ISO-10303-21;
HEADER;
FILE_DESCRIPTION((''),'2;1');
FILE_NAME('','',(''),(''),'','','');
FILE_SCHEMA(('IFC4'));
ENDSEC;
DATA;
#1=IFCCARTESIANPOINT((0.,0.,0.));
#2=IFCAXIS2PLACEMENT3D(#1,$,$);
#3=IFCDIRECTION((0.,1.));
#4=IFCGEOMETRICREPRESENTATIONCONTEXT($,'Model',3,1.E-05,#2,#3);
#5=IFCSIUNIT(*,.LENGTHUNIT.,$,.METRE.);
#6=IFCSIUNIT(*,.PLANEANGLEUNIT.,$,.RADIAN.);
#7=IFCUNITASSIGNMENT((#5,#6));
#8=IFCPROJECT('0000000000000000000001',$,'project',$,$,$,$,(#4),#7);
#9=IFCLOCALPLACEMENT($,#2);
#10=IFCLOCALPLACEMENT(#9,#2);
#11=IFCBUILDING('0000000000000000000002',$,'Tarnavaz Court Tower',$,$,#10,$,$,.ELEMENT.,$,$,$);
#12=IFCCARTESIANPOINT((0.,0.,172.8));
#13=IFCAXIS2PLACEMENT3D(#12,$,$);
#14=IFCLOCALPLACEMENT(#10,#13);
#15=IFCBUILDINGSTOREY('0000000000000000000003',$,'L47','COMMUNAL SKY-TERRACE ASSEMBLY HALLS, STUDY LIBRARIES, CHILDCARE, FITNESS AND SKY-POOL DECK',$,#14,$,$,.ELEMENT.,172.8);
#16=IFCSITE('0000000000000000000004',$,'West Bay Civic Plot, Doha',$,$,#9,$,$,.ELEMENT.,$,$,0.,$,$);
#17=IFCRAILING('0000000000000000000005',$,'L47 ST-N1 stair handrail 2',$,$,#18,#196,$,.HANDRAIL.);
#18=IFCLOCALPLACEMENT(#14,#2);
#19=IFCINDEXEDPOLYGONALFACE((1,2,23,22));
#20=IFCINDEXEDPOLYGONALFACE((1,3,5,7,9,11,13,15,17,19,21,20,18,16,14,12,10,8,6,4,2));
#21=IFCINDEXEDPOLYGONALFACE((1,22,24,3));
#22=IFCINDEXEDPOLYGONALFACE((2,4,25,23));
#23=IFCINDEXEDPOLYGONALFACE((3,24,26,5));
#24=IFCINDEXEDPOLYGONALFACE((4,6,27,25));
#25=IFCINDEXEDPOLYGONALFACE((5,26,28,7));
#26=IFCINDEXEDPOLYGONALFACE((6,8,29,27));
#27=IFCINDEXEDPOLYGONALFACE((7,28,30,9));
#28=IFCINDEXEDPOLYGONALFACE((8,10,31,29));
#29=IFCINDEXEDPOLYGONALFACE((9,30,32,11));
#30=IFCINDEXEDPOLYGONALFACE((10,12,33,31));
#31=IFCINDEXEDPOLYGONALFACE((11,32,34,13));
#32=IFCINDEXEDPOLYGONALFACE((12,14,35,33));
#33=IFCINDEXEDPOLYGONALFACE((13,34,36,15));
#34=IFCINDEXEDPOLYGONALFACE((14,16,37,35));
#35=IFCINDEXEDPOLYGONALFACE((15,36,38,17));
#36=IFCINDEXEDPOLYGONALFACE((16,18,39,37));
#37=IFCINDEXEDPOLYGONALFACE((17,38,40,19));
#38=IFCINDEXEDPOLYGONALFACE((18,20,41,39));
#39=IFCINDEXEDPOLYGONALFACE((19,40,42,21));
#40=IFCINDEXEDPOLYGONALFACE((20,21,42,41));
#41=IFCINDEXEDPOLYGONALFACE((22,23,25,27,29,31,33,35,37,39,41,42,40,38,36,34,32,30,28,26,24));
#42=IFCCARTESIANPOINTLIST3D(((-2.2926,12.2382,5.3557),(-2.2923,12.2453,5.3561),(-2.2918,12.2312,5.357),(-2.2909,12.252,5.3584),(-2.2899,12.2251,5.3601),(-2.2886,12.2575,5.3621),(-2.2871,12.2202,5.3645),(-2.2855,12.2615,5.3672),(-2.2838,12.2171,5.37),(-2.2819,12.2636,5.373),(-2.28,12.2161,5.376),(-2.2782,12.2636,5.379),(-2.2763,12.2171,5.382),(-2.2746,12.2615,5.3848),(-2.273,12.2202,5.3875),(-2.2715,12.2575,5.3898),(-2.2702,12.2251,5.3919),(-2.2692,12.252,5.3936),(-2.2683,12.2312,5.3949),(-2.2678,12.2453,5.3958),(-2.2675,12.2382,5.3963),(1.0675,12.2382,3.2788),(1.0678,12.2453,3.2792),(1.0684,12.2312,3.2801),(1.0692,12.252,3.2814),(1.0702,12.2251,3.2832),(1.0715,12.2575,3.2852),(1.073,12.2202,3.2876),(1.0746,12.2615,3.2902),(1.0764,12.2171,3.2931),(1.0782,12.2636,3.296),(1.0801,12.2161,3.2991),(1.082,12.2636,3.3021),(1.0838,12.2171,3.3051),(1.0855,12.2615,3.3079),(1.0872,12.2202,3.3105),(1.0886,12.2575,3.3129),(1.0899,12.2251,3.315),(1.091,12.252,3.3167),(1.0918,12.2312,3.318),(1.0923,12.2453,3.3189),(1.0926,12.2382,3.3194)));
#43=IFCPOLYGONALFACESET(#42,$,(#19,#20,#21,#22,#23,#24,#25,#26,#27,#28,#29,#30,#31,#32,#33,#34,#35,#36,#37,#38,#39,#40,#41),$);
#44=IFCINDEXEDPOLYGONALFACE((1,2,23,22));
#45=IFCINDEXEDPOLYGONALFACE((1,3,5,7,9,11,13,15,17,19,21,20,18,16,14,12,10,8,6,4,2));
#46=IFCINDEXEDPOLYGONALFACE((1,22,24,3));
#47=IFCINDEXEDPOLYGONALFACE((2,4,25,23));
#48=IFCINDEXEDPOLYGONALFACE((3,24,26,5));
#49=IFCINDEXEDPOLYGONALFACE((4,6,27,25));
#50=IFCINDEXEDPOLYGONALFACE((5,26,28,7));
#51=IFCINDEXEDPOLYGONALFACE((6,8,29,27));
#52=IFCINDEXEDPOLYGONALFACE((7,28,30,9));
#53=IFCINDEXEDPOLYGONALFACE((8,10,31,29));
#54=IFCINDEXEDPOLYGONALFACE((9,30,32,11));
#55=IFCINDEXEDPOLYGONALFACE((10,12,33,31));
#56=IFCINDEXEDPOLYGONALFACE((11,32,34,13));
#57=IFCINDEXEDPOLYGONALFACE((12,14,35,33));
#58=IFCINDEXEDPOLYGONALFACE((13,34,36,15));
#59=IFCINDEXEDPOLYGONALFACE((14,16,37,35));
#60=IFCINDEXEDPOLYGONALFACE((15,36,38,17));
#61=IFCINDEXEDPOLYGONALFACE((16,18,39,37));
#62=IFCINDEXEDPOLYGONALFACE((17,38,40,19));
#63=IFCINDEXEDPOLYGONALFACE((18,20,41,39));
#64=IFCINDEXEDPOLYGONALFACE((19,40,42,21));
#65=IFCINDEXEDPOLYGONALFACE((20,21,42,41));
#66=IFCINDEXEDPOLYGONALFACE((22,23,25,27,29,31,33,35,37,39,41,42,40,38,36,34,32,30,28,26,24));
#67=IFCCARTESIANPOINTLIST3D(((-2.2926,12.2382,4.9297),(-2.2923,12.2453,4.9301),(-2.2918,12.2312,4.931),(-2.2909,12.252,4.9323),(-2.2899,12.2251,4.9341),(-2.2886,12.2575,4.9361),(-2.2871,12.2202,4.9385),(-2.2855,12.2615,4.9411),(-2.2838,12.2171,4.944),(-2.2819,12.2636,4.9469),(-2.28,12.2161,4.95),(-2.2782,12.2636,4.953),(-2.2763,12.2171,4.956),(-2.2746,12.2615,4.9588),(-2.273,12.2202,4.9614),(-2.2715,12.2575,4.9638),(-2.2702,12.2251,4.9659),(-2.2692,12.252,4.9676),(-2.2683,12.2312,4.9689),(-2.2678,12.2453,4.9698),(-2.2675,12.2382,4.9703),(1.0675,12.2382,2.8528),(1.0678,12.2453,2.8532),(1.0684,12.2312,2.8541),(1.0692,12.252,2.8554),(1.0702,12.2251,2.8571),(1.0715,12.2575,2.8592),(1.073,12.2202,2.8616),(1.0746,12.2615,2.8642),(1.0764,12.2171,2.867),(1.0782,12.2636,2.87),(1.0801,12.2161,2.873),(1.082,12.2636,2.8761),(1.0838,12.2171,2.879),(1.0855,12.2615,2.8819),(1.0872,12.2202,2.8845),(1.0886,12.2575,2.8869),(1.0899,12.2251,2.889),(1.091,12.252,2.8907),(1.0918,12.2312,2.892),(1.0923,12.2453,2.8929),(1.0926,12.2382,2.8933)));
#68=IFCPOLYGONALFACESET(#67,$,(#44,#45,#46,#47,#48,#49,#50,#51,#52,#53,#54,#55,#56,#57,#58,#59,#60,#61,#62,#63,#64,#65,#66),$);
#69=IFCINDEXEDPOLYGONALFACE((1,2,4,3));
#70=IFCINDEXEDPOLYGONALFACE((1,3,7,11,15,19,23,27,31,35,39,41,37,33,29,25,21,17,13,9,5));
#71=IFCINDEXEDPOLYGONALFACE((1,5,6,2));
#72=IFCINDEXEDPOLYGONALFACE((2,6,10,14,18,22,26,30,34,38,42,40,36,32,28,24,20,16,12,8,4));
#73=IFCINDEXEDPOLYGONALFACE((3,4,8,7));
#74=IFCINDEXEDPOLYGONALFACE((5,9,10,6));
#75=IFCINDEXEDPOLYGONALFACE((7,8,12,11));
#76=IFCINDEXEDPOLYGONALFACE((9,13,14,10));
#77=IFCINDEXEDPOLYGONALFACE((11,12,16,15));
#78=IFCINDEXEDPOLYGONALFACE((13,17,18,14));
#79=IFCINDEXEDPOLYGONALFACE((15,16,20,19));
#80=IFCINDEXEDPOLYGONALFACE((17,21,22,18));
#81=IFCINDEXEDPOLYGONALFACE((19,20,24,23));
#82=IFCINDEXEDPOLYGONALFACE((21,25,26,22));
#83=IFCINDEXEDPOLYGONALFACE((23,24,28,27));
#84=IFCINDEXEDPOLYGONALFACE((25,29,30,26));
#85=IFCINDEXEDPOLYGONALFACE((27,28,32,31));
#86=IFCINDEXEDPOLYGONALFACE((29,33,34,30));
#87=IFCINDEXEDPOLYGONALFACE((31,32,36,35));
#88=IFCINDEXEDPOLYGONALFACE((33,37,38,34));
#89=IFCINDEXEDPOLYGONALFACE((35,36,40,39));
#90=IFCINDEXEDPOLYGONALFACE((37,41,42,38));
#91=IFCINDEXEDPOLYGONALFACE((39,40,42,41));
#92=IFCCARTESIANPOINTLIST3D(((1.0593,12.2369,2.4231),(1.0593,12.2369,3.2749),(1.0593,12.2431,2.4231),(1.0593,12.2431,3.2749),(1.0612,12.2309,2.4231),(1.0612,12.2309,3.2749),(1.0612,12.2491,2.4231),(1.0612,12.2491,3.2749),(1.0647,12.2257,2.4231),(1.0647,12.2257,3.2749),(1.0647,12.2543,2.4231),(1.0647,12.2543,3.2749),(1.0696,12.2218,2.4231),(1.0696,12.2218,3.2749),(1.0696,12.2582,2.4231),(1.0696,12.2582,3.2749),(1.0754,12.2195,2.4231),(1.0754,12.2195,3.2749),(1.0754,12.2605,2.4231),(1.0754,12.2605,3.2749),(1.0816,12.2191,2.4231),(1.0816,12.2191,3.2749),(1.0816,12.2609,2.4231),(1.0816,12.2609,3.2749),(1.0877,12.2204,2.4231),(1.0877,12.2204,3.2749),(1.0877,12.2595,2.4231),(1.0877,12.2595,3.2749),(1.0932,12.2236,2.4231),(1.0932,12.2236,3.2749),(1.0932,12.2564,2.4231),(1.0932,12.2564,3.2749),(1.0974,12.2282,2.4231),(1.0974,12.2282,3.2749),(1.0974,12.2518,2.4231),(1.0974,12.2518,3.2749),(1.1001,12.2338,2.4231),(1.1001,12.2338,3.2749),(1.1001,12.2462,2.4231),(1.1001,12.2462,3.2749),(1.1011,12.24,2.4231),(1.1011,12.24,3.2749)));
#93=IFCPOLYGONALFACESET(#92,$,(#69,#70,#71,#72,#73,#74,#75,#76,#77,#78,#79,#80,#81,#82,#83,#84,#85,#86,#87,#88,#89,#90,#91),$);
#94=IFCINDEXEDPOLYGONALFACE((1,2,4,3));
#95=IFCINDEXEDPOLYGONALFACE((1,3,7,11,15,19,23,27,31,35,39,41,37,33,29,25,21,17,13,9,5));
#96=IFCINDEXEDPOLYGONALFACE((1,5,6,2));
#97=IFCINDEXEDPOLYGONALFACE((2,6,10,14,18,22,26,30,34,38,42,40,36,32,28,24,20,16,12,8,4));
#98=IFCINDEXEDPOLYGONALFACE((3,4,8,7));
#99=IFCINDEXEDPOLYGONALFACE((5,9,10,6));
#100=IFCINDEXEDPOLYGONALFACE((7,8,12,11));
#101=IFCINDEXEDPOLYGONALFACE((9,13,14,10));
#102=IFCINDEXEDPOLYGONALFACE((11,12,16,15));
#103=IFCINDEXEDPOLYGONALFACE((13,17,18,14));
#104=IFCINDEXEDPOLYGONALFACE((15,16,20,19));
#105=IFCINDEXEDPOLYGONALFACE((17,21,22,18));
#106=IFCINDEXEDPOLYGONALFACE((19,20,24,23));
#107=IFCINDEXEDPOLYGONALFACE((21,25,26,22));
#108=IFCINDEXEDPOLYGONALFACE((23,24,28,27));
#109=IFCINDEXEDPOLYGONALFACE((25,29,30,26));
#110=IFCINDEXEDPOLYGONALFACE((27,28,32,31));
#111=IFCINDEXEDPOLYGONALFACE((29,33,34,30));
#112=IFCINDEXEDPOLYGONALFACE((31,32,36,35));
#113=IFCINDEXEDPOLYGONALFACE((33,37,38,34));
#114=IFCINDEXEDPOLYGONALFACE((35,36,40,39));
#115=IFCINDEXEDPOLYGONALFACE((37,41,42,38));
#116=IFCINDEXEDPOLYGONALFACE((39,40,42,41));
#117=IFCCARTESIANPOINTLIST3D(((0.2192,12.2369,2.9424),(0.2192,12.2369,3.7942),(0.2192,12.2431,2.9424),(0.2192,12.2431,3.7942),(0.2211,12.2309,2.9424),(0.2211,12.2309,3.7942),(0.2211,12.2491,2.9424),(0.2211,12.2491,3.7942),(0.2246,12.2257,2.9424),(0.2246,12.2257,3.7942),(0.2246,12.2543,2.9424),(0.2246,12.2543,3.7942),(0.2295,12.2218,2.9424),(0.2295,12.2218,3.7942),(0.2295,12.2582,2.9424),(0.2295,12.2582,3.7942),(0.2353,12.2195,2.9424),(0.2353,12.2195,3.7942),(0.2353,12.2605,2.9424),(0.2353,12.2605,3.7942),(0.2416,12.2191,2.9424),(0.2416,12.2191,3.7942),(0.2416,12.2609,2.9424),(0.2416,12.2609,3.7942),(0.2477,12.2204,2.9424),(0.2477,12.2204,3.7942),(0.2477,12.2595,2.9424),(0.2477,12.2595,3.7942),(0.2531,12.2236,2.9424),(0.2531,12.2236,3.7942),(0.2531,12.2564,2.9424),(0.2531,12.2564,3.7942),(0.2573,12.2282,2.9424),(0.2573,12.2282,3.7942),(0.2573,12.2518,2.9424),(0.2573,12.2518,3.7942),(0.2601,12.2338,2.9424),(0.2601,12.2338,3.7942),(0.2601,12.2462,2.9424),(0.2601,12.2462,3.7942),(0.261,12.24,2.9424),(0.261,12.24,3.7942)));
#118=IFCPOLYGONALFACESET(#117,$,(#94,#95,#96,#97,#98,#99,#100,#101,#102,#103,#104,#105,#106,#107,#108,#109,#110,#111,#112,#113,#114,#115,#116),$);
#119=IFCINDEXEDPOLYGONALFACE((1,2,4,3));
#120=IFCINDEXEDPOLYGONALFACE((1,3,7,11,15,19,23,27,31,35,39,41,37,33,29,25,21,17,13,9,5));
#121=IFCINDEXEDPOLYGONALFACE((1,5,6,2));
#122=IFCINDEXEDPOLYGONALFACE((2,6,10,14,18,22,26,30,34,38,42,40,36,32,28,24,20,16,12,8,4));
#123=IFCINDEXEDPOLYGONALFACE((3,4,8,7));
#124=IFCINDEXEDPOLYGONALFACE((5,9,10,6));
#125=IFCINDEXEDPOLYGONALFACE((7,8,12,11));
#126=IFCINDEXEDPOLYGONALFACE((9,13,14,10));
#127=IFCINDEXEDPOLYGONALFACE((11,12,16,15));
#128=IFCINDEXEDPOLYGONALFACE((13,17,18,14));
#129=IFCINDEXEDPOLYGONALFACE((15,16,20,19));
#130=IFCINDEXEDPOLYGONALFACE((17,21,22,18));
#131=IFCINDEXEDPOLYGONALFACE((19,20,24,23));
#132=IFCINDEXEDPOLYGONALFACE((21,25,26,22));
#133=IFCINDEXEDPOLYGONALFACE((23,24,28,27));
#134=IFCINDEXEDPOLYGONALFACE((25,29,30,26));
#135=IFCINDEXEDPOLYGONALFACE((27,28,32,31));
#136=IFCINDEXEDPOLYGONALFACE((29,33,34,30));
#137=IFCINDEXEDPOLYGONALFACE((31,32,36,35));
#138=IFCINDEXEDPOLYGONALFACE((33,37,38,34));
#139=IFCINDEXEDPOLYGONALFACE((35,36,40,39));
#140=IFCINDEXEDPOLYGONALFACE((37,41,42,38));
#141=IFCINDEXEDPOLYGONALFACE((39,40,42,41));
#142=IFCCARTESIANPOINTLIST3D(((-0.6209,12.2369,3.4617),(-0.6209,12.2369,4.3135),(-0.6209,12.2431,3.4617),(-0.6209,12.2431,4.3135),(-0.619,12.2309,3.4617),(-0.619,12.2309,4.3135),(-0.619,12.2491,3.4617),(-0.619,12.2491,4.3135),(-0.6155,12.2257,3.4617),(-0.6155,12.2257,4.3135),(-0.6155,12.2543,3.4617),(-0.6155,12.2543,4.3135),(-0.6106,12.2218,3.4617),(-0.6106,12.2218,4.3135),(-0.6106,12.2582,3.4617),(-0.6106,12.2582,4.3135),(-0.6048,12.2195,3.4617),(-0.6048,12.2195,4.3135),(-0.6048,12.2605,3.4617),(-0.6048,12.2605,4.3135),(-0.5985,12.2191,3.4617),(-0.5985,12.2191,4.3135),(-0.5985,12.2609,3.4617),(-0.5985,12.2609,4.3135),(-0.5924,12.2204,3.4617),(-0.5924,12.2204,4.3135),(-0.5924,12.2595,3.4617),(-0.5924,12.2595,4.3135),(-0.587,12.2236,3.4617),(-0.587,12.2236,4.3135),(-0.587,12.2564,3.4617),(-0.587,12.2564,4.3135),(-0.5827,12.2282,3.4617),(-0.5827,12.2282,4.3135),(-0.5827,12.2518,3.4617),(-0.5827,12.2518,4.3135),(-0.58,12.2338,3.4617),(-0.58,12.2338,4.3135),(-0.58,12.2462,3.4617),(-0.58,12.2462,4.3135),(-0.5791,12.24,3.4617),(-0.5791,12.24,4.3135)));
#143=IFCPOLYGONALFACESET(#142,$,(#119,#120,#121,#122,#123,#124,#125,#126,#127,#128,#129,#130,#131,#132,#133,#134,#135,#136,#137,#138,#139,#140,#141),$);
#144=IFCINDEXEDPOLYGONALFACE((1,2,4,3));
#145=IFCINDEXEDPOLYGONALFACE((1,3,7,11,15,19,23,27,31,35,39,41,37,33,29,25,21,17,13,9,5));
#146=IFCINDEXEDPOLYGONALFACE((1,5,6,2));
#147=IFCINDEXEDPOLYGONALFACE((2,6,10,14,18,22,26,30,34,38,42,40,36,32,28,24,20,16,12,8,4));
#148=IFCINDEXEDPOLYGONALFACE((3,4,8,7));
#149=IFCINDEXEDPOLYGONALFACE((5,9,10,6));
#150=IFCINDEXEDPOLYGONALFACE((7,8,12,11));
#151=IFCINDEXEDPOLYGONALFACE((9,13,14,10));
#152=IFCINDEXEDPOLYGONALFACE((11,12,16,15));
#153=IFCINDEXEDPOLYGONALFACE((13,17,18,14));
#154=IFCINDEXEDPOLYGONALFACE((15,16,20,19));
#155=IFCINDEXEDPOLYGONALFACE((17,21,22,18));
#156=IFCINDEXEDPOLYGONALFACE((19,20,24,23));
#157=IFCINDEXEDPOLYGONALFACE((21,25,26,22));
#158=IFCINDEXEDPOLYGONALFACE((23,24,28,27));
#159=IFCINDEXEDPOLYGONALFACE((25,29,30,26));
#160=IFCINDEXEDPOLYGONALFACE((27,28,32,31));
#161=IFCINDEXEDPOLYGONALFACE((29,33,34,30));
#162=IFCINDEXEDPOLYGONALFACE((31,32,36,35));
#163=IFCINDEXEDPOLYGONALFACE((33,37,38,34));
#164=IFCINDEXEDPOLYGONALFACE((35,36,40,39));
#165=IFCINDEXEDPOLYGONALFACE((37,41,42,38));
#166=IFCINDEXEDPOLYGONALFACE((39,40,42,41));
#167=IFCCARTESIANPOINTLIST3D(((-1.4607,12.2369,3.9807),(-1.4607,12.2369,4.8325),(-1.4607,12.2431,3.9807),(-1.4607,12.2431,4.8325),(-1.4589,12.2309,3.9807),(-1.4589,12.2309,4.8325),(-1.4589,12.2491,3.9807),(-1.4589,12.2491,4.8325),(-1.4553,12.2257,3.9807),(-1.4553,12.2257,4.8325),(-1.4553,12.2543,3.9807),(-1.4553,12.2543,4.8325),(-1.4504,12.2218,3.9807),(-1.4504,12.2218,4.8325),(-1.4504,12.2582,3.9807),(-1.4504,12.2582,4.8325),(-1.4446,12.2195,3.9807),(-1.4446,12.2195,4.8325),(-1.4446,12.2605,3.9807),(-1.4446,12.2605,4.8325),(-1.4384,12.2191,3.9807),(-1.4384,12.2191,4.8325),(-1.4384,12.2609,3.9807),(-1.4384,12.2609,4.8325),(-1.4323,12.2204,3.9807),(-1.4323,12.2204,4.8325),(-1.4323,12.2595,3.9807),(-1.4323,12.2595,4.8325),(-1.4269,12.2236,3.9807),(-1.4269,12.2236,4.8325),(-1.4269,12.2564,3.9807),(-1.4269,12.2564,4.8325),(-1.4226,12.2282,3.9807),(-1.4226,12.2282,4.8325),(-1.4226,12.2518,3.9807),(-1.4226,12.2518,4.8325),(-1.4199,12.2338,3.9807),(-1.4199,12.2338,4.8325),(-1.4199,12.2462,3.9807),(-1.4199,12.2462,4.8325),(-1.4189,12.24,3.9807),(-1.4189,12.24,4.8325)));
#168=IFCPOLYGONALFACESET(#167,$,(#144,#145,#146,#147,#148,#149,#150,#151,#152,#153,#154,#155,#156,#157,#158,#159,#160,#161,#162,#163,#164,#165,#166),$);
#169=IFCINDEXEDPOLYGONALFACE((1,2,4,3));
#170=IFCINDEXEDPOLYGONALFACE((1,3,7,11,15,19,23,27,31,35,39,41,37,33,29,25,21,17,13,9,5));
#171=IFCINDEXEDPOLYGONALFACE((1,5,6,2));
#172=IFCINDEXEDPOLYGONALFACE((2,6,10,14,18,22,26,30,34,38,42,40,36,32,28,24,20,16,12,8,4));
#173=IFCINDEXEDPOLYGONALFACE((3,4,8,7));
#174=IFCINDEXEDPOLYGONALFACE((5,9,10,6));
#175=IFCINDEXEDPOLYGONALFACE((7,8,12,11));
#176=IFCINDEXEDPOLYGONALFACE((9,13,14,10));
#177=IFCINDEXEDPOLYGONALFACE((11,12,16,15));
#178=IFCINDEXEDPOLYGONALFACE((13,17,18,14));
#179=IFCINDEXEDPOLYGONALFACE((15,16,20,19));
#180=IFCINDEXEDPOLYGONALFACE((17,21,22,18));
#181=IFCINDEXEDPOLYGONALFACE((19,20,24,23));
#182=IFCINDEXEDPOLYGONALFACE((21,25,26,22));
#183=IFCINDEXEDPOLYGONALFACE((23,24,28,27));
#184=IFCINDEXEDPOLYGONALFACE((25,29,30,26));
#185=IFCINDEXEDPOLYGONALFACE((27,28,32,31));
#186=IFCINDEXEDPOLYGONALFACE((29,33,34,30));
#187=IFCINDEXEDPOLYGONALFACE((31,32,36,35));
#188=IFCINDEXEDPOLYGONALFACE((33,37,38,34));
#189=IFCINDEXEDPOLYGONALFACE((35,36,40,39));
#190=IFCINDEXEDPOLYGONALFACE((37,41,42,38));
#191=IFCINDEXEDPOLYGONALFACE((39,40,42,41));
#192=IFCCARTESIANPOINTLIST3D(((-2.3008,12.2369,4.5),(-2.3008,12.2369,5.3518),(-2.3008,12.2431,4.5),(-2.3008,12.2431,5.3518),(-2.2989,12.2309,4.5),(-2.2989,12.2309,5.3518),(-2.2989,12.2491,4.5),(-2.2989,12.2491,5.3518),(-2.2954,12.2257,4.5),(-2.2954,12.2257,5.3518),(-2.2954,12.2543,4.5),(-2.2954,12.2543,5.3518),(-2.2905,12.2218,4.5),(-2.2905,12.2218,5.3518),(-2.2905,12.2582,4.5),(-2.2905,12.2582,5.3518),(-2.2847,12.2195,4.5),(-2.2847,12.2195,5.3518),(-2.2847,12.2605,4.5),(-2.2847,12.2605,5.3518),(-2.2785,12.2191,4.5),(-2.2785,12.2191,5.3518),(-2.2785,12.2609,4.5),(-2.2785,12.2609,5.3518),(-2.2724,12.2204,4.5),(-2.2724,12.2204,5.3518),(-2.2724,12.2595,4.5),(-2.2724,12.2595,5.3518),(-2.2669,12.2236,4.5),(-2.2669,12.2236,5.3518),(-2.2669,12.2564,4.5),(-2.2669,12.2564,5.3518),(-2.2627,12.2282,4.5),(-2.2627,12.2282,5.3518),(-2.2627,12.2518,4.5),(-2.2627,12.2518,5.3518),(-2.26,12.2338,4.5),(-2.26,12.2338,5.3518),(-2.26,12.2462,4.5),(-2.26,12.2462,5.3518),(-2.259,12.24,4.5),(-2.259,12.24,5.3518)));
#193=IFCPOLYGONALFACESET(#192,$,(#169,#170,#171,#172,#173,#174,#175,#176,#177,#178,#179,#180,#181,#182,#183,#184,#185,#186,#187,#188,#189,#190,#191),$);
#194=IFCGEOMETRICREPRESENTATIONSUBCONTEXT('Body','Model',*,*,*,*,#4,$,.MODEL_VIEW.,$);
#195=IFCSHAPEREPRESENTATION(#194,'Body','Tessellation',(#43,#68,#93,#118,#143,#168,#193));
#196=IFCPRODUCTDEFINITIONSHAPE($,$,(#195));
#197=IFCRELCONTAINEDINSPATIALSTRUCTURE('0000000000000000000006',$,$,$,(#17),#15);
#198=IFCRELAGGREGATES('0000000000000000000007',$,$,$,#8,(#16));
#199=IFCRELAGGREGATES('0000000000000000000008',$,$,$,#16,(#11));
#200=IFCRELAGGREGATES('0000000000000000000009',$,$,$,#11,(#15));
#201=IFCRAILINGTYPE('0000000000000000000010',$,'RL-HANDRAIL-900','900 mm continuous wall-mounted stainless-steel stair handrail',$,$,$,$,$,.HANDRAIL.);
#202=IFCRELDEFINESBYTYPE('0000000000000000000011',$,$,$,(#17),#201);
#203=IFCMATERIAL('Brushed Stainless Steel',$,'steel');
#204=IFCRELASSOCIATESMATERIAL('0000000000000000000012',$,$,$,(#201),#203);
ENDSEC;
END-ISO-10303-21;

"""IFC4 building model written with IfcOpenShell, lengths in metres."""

from ifc_helpers import new_model, si_unit, direction, frame, origin, origin_2d, place, context, subcontext, project, spatial, circle, extrude, material, type_object, element, save


model = new_model("IFC4")

# Units and contexts
model_context = context("Model", 3, precision=1e-05, world=origin(), true_north=direction((0.0, 1.0)))
body_context = subcontext(model_context, "Body", "Model", "MODEL_VIEW")
ifc_project = project(units=[si_unit("LENGTHUNIT", "METRE"), si_unit("PLANEANGLEUNIT", "RADIAN")], contexts=[model_context])

# Site, building, storey
site_placement = place(None, origin())
site = spatial("IfcSite", under=ifc_project, at=site_placement, Name="West Bay Civic Plot, Doha", CompositionType="ELEMENT", RefElevation=0.0)
building_placement = place(site_placement, origin())
building = spatial("IfcBuilding", under=site, at=building_placement, Name="Tarnavaz Court Tower", CompositionType="ELEMENT")
storey_placement = place(building_placement, frame((0.0, 0.0, 172.8)))
storey = spatial("IfcBuildingStorey", under=building, at=storey_placement, Name="L47", Description="COMMUNAL SKY-TERRACE ASSEMBLY HALLS, STUDY LIBRARIES, CHILDCARE, FITNESS AND SKY-POOL DECK", CompositionType="ELEMENT", Elevation=172.8)

# Railing
ifc_material_1 = material(Name="Brushed Stainless Steel", Category="steel")
railing_type_1 = type_object("IfcRailingType", Name="RL-HANDRAIL-900", Description="900 mm continuous wall-mounted stainless-steel stair handrail", PredefinedType="HANDRAIL", material=ifc_material_1)
railing_1_placement = place(storey_placement, frame((1.0801, 12.24, 2.4231)))
element("IfcRailing", 1, at=railing_1_placement, inside=storey, type_object=railing_type_1, Name="L47 ST-N1 stair handrail 2", PredefinedType="HANDRAIL", context=body_context, shape_type="SweptSolid", body=[
    extrude(circle(Radius=0.0239, at=origin_2d()), frame((0.0, 0.0, 0.876), z_axis=(-0.850623, 0.0, 0.525776), x_axis=(0.0, -1.0, 0.0)), (0.0, 0.0, 1.0), 3.9502),
    extrude(circle(Radius=0.0239, at=origin_2d()), frame((0.0, 0.0, 0.45), z_axis=(-0.850623, 0.0, 0.525776), x_axis=(0.0, -1.0, 0.0)), (0.0, 0.0, 1.0), 3.9502),
    extrude(circle(Radius=0.021, at=origin_2d()), origin(), (0.0, 0.0, 1.0), 0.8518),
    extrude(circle(Radius=0.021, at=origin_2d()), frame((-0.8401, 0.0, 0.5193)), (0.0, 0.0, 1.0), 0.8518),
    extrude(circle(Radius=0.021, at=origin_2d()), frame((-1.6802, 0.0, 1.0386)), (0.0, 0.0, 1.0), 0.8518),
    extrude(circle(Radius=0.021, at=origin_2d()), frame((-2.52, 0.0, 1.5576)), (0.0, 0.0, 1.0), 0.8518),
    extrude(circle(Radius=0.021, at=origin_2d()), frame((-3.3601, 0.0, 2.0769)), (0.0, 0.0, 1.0), 0.8518),
])

save(model, "model.ifc")
